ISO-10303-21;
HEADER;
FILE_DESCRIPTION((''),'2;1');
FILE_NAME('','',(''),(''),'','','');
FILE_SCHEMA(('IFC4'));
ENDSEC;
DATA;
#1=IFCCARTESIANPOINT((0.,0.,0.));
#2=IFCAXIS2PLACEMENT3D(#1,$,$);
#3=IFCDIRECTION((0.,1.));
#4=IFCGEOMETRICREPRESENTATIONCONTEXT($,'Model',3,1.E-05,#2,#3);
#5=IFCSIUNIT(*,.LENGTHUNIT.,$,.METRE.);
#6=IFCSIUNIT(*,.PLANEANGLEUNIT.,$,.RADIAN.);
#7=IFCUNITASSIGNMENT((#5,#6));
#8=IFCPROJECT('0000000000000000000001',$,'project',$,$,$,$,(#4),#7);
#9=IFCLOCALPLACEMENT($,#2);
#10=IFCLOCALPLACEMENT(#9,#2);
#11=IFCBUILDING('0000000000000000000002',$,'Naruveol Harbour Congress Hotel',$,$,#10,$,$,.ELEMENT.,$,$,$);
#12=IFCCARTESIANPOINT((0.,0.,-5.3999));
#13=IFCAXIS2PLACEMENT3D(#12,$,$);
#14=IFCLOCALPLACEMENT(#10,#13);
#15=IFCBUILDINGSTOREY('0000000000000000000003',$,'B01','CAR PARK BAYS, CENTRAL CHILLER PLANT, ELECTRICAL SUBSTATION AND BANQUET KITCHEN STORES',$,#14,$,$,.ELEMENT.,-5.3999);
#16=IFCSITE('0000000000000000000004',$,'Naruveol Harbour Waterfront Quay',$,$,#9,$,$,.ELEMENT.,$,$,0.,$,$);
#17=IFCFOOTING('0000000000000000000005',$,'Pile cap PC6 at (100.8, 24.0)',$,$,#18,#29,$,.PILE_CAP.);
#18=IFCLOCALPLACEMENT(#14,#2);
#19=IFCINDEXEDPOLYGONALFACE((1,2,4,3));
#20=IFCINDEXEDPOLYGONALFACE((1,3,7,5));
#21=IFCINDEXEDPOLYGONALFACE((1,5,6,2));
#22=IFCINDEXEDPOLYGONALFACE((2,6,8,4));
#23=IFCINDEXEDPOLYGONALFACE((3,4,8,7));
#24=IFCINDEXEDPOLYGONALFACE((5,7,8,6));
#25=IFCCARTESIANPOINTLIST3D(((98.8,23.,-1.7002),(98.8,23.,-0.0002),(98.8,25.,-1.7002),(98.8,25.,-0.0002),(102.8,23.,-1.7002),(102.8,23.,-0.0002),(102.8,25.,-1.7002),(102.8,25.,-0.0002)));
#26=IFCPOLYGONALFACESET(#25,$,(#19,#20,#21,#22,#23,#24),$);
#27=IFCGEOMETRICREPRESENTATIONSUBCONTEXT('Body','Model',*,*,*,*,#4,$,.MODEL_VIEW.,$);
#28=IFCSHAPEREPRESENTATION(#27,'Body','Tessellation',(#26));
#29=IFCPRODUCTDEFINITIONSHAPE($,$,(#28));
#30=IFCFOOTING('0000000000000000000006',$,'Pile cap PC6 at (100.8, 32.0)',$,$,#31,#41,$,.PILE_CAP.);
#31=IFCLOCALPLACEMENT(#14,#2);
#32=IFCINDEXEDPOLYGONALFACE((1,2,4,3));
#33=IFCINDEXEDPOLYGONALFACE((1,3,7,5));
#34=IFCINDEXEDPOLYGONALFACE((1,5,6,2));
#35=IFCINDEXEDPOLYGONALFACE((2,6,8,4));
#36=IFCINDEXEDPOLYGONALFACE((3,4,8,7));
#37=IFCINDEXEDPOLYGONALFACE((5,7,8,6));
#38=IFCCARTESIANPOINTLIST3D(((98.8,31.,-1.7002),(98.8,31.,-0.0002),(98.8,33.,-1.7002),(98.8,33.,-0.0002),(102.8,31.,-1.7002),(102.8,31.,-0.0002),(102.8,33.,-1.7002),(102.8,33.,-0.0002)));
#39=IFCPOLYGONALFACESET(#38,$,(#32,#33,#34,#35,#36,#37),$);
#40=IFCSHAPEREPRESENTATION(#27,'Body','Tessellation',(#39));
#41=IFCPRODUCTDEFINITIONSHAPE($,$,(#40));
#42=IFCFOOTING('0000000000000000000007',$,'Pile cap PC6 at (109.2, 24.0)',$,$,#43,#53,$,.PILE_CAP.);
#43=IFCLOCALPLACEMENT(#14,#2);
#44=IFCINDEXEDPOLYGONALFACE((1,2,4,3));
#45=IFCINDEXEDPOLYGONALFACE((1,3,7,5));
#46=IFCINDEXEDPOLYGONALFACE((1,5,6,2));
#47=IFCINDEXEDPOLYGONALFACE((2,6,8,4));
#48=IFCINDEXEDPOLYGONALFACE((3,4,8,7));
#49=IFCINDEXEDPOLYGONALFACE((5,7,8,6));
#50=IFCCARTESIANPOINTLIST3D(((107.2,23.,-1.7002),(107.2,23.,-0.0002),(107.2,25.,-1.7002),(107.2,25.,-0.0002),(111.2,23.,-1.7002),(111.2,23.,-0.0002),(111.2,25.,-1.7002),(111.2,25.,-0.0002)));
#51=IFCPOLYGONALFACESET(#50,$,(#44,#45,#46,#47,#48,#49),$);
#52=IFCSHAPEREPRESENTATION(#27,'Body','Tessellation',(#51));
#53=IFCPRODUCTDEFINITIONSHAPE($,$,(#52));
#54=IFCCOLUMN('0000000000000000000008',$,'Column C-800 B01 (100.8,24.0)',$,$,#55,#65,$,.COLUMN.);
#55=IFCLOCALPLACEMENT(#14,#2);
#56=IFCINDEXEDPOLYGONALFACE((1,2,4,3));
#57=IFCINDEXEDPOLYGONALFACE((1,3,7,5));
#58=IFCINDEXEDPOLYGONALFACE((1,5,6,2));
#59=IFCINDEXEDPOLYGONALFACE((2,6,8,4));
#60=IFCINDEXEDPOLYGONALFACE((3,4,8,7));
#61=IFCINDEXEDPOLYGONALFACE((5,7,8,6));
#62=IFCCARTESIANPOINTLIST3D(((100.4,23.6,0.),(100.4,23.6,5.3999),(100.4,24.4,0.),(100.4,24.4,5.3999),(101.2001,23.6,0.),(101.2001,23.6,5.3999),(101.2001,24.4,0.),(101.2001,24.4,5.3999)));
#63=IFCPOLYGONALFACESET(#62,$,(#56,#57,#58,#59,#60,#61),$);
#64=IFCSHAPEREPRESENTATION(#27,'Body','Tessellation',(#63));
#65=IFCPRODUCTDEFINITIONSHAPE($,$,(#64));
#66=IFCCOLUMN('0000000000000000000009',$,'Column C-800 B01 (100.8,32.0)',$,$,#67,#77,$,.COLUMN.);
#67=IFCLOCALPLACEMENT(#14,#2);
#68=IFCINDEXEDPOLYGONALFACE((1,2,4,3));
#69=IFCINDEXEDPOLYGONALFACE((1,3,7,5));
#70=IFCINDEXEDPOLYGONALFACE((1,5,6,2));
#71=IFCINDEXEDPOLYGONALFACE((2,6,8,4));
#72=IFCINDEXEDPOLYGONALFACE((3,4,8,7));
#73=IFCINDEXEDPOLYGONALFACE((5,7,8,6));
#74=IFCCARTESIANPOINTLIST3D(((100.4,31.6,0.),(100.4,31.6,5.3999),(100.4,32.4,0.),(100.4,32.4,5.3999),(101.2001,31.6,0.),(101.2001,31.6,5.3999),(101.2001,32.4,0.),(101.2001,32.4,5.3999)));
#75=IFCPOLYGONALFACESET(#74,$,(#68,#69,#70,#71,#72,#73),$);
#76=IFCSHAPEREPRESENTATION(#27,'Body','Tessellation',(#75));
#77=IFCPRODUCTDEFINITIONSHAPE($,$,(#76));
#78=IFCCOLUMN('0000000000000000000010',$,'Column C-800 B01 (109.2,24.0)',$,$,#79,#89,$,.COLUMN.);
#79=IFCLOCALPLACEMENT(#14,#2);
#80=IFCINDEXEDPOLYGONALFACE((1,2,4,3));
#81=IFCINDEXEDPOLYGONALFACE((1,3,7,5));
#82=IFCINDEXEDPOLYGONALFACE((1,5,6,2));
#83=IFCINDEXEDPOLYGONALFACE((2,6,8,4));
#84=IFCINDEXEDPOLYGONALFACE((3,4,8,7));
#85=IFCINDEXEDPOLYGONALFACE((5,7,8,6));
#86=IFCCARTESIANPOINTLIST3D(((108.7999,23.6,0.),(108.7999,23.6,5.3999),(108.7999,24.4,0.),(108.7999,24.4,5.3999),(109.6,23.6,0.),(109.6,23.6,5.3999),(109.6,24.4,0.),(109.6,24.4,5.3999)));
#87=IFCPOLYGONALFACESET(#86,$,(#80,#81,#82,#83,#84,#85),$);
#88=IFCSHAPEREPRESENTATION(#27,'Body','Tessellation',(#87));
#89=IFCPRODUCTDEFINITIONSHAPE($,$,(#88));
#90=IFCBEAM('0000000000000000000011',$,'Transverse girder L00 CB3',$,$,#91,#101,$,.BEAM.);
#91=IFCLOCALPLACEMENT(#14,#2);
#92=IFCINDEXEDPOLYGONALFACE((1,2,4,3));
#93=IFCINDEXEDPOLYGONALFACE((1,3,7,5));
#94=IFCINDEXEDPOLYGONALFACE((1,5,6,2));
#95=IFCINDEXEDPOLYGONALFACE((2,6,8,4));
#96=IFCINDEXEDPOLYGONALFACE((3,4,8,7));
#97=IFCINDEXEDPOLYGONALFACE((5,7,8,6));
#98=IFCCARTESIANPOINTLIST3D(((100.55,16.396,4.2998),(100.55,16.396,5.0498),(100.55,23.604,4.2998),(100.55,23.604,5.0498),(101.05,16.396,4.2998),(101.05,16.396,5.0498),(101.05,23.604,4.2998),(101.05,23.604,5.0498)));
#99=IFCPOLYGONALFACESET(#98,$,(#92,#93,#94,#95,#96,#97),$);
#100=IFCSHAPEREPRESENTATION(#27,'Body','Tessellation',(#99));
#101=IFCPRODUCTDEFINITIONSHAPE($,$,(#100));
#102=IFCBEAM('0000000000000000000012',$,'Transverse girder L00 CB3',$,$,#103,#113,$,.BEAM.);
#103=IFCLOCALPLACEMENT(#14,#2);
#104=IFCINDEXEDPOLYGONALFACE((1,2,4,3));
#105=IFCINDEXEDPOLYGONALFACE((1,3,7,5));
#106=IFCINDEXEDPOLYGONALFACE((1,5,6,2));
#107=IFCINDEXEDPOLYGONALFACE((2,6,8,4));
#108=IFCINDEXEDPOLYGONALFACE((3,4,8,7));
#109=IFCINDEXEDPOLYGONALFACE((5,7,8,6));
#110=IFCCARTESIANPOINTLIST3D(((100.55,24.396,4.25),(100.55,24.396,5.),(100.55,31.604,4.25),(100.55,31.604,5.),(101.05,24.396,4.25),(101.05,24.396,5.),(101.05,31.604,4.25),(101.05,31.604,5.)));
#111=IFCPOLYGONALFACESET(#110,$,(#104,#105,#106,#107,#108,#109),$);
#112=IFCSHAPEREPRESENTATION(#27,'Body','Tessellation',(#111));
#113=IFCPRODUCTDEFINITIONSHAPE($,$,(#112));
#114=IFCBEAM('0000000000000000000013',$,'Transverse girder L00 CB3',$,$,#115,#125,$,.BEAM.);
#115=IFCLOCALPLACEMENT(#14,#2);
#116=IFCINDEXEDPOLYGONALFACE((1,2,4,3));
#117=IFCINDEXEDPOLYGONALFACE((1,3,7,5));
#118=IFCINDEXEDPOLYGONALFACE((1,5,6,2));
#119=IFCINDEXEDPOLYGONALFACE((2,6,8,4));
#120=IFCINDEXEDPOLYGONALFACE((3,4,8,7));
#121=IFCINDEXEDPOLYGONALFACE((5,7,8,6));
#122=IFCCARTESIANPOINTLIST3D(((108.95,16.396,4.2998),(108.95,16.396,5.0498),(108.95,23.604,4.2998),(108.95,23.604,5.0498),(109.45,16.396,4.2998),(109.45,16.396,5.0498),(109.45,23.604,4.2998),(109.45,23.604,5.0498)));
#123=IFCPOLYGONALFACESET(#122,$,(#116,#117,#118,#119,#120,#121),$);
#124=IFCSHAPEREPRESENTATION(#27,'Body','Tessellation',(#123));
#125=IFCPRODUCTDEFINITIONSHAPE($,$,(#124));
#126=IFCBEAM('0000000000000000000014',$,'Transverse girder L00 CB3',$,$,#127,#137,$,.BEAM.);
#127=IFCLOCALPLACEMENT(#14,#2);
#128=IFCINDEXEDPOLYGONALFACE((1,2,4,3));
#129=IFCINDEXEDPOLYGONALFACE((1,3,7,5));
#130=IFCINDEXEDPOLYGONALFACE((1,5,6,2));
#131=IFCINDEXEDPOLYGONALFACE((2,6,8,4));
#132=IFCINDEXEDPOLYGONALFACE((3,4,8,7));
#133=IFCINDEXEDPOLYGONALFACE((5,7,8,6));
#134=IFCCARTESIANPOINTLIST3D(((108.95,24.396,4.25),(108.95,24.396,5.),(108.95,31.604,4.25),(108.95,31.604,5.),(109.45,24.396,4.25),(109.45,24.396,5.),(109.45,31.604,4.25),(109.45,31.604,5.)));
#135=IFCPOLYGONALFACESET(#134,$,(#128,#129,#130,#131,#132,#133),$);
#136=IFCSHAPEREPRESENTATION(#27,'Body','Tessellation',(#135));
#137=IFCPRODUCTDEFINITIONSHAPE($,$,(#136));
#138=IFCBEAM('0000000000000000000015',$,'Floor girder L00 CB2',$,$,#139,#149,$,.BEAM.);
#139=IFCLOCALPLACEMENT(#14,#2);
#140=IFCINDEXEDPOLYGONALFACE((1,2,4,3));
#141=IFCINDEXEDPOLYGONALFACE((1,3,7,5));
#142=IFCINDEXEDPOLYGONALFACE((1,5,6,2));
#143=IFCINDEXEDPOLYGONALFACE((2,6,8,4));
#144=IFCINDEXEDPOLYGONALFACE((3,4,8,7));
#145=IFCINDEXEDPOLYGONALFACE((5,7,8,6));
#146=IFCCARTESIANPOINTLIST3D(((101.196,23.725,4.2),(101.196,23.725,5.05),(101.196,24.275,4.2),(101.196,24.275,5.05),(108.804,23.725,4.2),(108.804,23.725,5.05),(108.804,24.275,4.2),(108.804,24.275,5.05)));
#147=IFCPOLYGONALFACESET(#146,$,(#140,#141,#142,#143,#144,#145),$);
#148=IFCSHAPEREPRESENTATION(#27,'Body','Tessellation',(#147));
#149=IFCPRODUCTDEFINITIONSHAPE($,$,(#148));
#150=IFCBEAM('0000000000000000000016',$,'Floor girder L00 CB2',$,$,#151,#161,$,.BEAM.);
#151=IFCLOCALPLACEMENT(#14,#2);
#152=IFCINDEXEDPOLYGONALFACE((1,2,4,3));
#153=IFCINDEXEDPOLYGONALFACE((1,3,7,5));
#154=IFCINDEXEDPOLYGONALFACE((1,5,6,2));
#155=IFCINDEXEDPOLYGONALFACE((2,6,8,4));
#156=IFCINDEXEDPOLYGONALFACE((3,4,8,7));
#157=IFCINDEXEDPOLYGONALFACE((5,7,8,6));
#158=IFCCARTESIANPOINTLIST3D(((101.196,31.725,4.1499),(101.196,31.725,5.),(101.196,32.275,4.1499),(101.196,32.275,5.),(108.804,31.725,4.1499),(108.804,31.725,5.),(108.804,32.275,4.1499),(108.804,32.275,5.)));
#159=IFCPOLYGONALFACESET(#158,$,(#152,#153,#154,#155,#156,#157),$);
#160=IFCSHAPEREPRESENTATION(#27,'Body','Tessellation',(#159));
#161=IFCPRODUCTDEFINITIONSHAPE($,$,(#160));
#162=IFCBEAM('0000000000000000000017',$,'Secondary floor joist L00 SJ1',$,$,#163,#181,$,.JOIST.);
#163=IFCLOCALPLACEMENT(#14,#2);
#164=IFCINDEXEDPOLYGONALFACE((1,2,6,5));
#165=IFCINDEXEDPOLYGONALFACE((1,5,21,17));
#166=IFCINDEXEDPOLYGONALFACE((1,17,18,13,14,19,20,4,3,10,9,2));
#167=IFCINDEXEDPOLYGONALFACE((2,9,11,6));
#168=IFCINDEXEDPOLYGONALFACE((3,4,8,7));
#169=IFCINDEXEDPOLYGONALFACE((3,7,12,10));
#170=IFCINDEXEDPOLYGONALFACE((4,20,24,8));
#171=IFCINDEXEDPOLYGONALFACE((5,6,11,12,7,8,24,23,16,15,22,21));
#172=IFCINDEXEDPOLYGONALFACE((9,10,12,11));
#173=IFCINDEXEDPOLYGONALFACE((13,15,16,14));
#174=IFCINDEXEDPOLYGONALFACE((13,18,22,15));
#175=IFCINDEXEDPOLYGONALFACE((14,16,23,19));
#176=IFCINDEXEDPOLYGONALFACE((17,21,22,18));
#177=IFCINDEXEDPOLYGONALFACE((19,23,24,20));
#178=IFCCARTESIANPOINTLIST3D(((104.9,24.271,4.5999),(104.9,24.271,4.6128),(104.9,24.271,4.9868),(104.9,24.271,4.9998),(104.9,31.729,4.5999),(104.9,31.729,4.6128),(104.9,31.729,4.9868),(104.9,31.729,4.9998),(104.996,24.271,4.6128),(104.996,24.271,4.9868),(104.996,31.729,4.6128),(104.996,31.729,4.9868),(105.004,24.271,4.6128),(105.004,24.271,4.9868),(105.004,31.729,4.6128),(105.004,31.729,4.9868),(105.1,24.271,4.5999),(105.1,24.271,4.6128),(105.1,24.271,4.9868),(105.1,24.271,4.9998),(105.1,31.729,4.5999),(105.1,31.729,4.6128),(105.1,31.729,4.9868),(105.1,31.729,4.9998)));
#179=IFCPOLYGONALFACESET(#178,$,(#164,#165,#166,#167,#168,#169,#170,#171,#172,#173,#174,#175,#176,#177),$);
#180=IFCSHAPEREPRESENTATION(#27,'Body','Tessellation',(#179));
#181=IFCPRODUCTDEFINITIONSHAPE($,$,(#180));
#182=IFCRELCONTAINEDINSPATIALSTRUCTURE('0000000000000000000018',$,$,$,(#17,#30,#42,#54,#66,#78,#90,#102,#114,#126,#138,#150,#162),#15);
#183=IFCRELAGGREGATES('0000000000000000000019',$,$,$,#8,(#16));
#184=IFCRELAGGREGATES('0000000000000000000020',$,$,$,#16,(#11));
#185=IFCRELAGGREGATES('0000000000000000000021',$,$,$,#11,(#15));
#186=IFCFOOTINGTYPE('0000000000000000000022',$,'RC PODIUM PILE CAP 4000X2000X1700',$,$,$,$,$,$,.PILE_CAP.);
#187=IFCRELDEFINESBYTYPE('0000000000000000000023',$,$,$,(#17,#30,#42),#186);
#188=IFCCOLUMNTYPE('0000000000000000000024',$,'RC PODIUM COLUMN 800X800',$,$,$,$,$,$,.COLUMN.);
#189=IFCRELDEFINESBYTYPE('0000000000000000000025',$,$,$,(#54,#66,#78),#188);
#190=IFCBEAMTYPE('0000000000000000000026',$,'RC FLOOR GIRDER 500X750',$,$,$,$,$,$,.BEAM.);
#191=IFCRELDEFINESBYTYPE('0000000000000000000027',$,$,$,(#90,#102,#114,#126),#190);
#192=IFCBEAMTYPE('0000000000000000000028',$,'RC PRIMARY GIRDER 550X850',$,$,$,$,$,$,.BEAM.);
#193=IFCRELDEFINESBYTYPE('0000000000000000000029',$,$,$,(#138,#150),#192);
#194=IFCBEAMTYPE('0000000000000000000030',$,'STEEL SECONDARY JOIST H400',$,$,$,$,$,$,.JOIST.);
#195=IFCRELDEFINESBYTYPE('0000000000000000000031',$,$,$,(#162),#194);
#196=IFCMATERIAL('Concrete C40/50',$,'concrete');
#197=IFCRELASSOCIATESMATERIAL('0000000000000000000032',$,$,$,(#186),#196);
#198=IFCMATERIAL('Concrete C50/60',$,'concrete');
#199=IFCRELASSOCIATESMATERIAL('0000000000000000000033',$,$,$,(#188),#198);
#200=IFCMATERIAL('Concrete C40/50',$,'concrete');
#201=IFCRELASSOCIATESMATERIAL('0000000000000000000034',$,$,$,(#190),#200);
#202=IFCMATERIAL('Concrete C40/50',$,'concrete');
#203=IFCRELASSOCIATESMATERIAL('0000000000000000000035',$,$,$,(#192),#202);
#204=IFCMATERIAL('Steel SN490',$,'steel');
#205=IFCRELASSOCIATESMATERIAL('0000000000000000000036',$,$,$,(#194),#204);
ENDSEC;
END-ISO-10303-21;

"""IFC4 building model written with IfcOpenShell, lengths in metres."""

from ifc_helpers import new_model, si_unit, direction, frame, origin, origin_2d, place, context, subcontext, project, spatial, rectangle, i_section, extrude, material, material_profile, profile_set, type_object, element, save


model = new_model("IFC4")

# Units and contexts
model_context = context("Model", 3, precision=1e-05, world=origin(), true_north=direction((0.0, 1.0)))
body_context = subcontext(model_context, "Body", "Model", "MODEL_VIEW")
ifc_project = project(units=[si_unit("LENGTHUNIT", "METRE"), si_unit("PLANEANGLEUNIT", "RADIAN")], contexts=[model_context])

# Site, building, storey
site_placement = place(None, origin())
site = spatial("IfcSite", under=ifc_project, at=site_placement, Name="Naruveol Harbour Waterfront Quay", CompositionType="ELEMENT", RefElevation=0.0)
building_placement = place(site_placement, origin())
building = spatial("IfcBuilding", under=site, at=building_placement, Name="Naruveol Harbour Congress Hotel", CompositionType="ELEMENT")
storey_placement = place(building_placement, frame((0.0, 0.0, -5.3999)))
storey = spatial("IfcBuildingStorey", under=building, at=storey_placement, Name="B01", Description="CAR PARK BAYS, CENTRAL CHILLER PLANT, ELECTRICAL SUBSTATION AND BANQUET KITCHEN STORES", CompositionType="ELEMENT", Elevation=-5.3999)

# Footings
ifc_material_1 = material(Name="Concrete C40/50", Category="concrete")
footing_type_1 = type_object("IfcFootingType", Name="RC PODIUM PILE CAP 4000X2000X1700", PredefinedType="PILE_CAP", material=ifc_material_1)
for number, where, z_axis, x_axis, name in (
    (1, (100.8, 24.0, -1.7002), (0.0, 0.0, 1.0), (1.0, 0.0, 0.0), "Pile cap PC6 at (100.8, 24.0)"),
    (2, (100.8, 32.0, -1.7002), (0.0, 0.0, 1.0), (1.0, 0.0, 0.0), "Pile cap PC6 at (100.8, 32.0)"),
    (3, (109.2, 24.0, -1.7002), (0.0, 0.0, 1.0), (1.0, 0.0, 0.0), "Pile cap PC6 at (109.2, 24.0)"),
):
    element("IfcFooting", number, at=place(storey_placement, frame(where, z_axis=z_axis, x_axis=x_axis)), inside=storey, type_object=footing_type_1, Name=name, PredefinedType="PILE_CAP", context=body_context, shape_type="SweptSolid", body=[
        extrude(rectangle(XDim=4.0, YDim=2.0, at=origin_2d()), origin(), (0.0, 0.0, 1.0), 1.7),
    ])

# Columns
ifc_material_2 = material(Name="Concrete C50/60", Category="concrete")
ifc_material_profile_1 = material_profile(ifc_material_2, rectangle(XDim=0.8, YDim=0.8, at=origin_2d()), Name="RC-800x800")
ifc_profile_set_1 = profile_set([ifc_material_profile_1], Name="Concrete C50/60")
column_type = type_object("IfcColumnType", Name="RC PODIUM COLUMN 800X800", PredefinedType="COLUMN", material=ifc_profile_set_1)
for number, where, z_axis, x_axis, name in (
    (4, (100.8, 24.0, 0.0), (0.0, 0.0, 1.0), (1.0, 0.0, 0.0), "Column C-800 B01 (100.8,24.0)"),
    (5, (100.8, 32.0, 0.0), (0.0, 0.0, 1.0), (1.0, 0.0, 0.0), "Column C-800 B01 (100.8,32.0)"),
    (6, (109.2, 24.0, 0.0), (0.0, 0.0, 1.0), (1.0, 0.0, 0.0), "Column C-800 B01 (109.2,24.0)"),
):
    element("IfcColumn", number, at=place(storey_placement, frame(where, z_axis=z_axis, x_axis=x_axis)), inside=storey, type_object=column_type, Name=name, PredefinedType="COLUMN", context=body_context, shape_type="SweptSolid", body=[
        extrude(rectangle(XDim=0.8, YDim=0.8, at=origin_2d()), origin(), (0.0, 0.0, 1.0), 5.3999),
    ])

# Beams
ifc_material_3 = material(Name="Concrete C40/50", Category="concrete")
ifc_material_profile_2 = material_profile(ifc_material_3, rectangle(XDim=0.5, YDim=0.75, at=origin_2d()), Name="RCB-500x750")
ifc_profile_set_2 = profile_set([ifc_material_profile_2], Name="Concrete C40/50")
beam_type_1 = type_object("IfcBeamType", Name="RC FLOOR GIRDER 500X750", PredefinedType="BEAM", material=ifc_profile_set_2)
for number, where, z_axis, x_axis, name in (
    (7, (100.8, 16.396, 4.6748), (0.0, 1.0, 0.0), (-1.0, 0.0, 0.0), "Transverse girder L00 CB3"),
    (8, (100.8, 24.396, 4.625), (0.0, 1.0, 0.0), (-1.0, 0.0, 0.0), "Transverse girder L00 CB3"),
    (9, (109.2, 16.396, 4.6748), (0.0, 1.0, 0.0), (-1.0, 0.0, 0.0), "Transverse girder L00 CB3"),
    (10, (109.2, 24.396, 4.625), (0.0, 1.0, 0.0), (-1.0, 0.0, 0.0), "Transverse girder L00 CB3"),
):
    element("IfcBeam", number, at=place(storey_placement, frame(where, z_axis=z_axis, x_axis=x_axis)), inside=storey, type_object=beam_type_1, Name=name, PredefinedType="BEAM", context=body_context, shape_type="SweptSolid", body=[
        extrude(rectangle(XDim=0.5, YDim=0.75, at=origin_2d()), origin(), (0.0, 0.0, 1.0), 7.208),
    ])
ifc_material_4 = material(Name="Concrete C40/50", Category="concrete")
ifc_material_profile_3 = material_profile(ifc_material_4, rectangle(XDim=0.55, YDim=0.8501, at=origin_2d()), Name="RCB-550x850")
ifc_profile_set_3 = profile_set([ifc_material_profile_3], Name="Concrete C40/50")
beam_type_2 = type_object("IfcBeamType", Name="RC PRIMARY GIRDER 550X850", PredefinedType="BEAM", material=ifc_profile_set_3)
for number, where, z_axis, x_axis, name in (
    (11, (101.196, 24.0, 4.625), (1.0, 0.0, 0.0), (0.0, 1.0, 0.0), "Floor girder L00 CB2"),
    (12, (101.196, 32.0, 4.575), (1.0, 0.0, 0.0), (0.0, 1.0, 0.0), "Floor girder L00 CB2"),
):
    element("IfcBeam", number, at=place(storey_placement, frame(where, z_axis=z_axis, x_axis=x_axis)), inside=storey, type_object=beam_type_2, Name=name, PredefinedType="BEAM", context=body_context, shape_type="SweptSolid", body=[
        extrude(rectangle(XDim=0.55, YDim=0.8501, at=origin_2d()), origin(), (0.0, 0.0, 1.0), 7.6079),
    ])
ifc_material_5 = material(Name="Steel SN490", Category="steel")
ifc_material_profile_4 = material_profile(ifc_material_5, i_section(OverallWidth=0.2, OverallDepth=0.3999, WebThickness=0.0081, FlangeThickness=0.0129, at=origin_2d()), Name="H-400x200x8x13")
ifc_profile_set_4 = profile_set([ifc_material_profile_4], Name="Steel SN490")
beam_type_3 = type_object("IfcBeamType", Name="STEEL SECONDARY JOIST H400", PredefinedType="JOIST", material=ifc_profile_set_4)
beam_placement = place(storey_placement, frame((105.0, 24.271, 4.7998), z_axis=(0.0, 1.0, 0.0), x_axis=(-1.0, 0.0, 0.0)))
element("IfcBeam", 13, at=beam_placement, inside=storey, type_object=beam_type_3, Name="Secondary floor joist L00 SJ1", PredefinedType="JOIST", context=body_context, shape_type="SweptSolid", body=[
    extrude(i_section(OverallWidth=0.2, OverallDepth=0.3999, WebThickness=0.0081, FlangeThickness=0.0129, at=origin_2d()), origin(), (0.0, 0.0, 1.0), 7.458),
])

save(model, "model.ifc")
